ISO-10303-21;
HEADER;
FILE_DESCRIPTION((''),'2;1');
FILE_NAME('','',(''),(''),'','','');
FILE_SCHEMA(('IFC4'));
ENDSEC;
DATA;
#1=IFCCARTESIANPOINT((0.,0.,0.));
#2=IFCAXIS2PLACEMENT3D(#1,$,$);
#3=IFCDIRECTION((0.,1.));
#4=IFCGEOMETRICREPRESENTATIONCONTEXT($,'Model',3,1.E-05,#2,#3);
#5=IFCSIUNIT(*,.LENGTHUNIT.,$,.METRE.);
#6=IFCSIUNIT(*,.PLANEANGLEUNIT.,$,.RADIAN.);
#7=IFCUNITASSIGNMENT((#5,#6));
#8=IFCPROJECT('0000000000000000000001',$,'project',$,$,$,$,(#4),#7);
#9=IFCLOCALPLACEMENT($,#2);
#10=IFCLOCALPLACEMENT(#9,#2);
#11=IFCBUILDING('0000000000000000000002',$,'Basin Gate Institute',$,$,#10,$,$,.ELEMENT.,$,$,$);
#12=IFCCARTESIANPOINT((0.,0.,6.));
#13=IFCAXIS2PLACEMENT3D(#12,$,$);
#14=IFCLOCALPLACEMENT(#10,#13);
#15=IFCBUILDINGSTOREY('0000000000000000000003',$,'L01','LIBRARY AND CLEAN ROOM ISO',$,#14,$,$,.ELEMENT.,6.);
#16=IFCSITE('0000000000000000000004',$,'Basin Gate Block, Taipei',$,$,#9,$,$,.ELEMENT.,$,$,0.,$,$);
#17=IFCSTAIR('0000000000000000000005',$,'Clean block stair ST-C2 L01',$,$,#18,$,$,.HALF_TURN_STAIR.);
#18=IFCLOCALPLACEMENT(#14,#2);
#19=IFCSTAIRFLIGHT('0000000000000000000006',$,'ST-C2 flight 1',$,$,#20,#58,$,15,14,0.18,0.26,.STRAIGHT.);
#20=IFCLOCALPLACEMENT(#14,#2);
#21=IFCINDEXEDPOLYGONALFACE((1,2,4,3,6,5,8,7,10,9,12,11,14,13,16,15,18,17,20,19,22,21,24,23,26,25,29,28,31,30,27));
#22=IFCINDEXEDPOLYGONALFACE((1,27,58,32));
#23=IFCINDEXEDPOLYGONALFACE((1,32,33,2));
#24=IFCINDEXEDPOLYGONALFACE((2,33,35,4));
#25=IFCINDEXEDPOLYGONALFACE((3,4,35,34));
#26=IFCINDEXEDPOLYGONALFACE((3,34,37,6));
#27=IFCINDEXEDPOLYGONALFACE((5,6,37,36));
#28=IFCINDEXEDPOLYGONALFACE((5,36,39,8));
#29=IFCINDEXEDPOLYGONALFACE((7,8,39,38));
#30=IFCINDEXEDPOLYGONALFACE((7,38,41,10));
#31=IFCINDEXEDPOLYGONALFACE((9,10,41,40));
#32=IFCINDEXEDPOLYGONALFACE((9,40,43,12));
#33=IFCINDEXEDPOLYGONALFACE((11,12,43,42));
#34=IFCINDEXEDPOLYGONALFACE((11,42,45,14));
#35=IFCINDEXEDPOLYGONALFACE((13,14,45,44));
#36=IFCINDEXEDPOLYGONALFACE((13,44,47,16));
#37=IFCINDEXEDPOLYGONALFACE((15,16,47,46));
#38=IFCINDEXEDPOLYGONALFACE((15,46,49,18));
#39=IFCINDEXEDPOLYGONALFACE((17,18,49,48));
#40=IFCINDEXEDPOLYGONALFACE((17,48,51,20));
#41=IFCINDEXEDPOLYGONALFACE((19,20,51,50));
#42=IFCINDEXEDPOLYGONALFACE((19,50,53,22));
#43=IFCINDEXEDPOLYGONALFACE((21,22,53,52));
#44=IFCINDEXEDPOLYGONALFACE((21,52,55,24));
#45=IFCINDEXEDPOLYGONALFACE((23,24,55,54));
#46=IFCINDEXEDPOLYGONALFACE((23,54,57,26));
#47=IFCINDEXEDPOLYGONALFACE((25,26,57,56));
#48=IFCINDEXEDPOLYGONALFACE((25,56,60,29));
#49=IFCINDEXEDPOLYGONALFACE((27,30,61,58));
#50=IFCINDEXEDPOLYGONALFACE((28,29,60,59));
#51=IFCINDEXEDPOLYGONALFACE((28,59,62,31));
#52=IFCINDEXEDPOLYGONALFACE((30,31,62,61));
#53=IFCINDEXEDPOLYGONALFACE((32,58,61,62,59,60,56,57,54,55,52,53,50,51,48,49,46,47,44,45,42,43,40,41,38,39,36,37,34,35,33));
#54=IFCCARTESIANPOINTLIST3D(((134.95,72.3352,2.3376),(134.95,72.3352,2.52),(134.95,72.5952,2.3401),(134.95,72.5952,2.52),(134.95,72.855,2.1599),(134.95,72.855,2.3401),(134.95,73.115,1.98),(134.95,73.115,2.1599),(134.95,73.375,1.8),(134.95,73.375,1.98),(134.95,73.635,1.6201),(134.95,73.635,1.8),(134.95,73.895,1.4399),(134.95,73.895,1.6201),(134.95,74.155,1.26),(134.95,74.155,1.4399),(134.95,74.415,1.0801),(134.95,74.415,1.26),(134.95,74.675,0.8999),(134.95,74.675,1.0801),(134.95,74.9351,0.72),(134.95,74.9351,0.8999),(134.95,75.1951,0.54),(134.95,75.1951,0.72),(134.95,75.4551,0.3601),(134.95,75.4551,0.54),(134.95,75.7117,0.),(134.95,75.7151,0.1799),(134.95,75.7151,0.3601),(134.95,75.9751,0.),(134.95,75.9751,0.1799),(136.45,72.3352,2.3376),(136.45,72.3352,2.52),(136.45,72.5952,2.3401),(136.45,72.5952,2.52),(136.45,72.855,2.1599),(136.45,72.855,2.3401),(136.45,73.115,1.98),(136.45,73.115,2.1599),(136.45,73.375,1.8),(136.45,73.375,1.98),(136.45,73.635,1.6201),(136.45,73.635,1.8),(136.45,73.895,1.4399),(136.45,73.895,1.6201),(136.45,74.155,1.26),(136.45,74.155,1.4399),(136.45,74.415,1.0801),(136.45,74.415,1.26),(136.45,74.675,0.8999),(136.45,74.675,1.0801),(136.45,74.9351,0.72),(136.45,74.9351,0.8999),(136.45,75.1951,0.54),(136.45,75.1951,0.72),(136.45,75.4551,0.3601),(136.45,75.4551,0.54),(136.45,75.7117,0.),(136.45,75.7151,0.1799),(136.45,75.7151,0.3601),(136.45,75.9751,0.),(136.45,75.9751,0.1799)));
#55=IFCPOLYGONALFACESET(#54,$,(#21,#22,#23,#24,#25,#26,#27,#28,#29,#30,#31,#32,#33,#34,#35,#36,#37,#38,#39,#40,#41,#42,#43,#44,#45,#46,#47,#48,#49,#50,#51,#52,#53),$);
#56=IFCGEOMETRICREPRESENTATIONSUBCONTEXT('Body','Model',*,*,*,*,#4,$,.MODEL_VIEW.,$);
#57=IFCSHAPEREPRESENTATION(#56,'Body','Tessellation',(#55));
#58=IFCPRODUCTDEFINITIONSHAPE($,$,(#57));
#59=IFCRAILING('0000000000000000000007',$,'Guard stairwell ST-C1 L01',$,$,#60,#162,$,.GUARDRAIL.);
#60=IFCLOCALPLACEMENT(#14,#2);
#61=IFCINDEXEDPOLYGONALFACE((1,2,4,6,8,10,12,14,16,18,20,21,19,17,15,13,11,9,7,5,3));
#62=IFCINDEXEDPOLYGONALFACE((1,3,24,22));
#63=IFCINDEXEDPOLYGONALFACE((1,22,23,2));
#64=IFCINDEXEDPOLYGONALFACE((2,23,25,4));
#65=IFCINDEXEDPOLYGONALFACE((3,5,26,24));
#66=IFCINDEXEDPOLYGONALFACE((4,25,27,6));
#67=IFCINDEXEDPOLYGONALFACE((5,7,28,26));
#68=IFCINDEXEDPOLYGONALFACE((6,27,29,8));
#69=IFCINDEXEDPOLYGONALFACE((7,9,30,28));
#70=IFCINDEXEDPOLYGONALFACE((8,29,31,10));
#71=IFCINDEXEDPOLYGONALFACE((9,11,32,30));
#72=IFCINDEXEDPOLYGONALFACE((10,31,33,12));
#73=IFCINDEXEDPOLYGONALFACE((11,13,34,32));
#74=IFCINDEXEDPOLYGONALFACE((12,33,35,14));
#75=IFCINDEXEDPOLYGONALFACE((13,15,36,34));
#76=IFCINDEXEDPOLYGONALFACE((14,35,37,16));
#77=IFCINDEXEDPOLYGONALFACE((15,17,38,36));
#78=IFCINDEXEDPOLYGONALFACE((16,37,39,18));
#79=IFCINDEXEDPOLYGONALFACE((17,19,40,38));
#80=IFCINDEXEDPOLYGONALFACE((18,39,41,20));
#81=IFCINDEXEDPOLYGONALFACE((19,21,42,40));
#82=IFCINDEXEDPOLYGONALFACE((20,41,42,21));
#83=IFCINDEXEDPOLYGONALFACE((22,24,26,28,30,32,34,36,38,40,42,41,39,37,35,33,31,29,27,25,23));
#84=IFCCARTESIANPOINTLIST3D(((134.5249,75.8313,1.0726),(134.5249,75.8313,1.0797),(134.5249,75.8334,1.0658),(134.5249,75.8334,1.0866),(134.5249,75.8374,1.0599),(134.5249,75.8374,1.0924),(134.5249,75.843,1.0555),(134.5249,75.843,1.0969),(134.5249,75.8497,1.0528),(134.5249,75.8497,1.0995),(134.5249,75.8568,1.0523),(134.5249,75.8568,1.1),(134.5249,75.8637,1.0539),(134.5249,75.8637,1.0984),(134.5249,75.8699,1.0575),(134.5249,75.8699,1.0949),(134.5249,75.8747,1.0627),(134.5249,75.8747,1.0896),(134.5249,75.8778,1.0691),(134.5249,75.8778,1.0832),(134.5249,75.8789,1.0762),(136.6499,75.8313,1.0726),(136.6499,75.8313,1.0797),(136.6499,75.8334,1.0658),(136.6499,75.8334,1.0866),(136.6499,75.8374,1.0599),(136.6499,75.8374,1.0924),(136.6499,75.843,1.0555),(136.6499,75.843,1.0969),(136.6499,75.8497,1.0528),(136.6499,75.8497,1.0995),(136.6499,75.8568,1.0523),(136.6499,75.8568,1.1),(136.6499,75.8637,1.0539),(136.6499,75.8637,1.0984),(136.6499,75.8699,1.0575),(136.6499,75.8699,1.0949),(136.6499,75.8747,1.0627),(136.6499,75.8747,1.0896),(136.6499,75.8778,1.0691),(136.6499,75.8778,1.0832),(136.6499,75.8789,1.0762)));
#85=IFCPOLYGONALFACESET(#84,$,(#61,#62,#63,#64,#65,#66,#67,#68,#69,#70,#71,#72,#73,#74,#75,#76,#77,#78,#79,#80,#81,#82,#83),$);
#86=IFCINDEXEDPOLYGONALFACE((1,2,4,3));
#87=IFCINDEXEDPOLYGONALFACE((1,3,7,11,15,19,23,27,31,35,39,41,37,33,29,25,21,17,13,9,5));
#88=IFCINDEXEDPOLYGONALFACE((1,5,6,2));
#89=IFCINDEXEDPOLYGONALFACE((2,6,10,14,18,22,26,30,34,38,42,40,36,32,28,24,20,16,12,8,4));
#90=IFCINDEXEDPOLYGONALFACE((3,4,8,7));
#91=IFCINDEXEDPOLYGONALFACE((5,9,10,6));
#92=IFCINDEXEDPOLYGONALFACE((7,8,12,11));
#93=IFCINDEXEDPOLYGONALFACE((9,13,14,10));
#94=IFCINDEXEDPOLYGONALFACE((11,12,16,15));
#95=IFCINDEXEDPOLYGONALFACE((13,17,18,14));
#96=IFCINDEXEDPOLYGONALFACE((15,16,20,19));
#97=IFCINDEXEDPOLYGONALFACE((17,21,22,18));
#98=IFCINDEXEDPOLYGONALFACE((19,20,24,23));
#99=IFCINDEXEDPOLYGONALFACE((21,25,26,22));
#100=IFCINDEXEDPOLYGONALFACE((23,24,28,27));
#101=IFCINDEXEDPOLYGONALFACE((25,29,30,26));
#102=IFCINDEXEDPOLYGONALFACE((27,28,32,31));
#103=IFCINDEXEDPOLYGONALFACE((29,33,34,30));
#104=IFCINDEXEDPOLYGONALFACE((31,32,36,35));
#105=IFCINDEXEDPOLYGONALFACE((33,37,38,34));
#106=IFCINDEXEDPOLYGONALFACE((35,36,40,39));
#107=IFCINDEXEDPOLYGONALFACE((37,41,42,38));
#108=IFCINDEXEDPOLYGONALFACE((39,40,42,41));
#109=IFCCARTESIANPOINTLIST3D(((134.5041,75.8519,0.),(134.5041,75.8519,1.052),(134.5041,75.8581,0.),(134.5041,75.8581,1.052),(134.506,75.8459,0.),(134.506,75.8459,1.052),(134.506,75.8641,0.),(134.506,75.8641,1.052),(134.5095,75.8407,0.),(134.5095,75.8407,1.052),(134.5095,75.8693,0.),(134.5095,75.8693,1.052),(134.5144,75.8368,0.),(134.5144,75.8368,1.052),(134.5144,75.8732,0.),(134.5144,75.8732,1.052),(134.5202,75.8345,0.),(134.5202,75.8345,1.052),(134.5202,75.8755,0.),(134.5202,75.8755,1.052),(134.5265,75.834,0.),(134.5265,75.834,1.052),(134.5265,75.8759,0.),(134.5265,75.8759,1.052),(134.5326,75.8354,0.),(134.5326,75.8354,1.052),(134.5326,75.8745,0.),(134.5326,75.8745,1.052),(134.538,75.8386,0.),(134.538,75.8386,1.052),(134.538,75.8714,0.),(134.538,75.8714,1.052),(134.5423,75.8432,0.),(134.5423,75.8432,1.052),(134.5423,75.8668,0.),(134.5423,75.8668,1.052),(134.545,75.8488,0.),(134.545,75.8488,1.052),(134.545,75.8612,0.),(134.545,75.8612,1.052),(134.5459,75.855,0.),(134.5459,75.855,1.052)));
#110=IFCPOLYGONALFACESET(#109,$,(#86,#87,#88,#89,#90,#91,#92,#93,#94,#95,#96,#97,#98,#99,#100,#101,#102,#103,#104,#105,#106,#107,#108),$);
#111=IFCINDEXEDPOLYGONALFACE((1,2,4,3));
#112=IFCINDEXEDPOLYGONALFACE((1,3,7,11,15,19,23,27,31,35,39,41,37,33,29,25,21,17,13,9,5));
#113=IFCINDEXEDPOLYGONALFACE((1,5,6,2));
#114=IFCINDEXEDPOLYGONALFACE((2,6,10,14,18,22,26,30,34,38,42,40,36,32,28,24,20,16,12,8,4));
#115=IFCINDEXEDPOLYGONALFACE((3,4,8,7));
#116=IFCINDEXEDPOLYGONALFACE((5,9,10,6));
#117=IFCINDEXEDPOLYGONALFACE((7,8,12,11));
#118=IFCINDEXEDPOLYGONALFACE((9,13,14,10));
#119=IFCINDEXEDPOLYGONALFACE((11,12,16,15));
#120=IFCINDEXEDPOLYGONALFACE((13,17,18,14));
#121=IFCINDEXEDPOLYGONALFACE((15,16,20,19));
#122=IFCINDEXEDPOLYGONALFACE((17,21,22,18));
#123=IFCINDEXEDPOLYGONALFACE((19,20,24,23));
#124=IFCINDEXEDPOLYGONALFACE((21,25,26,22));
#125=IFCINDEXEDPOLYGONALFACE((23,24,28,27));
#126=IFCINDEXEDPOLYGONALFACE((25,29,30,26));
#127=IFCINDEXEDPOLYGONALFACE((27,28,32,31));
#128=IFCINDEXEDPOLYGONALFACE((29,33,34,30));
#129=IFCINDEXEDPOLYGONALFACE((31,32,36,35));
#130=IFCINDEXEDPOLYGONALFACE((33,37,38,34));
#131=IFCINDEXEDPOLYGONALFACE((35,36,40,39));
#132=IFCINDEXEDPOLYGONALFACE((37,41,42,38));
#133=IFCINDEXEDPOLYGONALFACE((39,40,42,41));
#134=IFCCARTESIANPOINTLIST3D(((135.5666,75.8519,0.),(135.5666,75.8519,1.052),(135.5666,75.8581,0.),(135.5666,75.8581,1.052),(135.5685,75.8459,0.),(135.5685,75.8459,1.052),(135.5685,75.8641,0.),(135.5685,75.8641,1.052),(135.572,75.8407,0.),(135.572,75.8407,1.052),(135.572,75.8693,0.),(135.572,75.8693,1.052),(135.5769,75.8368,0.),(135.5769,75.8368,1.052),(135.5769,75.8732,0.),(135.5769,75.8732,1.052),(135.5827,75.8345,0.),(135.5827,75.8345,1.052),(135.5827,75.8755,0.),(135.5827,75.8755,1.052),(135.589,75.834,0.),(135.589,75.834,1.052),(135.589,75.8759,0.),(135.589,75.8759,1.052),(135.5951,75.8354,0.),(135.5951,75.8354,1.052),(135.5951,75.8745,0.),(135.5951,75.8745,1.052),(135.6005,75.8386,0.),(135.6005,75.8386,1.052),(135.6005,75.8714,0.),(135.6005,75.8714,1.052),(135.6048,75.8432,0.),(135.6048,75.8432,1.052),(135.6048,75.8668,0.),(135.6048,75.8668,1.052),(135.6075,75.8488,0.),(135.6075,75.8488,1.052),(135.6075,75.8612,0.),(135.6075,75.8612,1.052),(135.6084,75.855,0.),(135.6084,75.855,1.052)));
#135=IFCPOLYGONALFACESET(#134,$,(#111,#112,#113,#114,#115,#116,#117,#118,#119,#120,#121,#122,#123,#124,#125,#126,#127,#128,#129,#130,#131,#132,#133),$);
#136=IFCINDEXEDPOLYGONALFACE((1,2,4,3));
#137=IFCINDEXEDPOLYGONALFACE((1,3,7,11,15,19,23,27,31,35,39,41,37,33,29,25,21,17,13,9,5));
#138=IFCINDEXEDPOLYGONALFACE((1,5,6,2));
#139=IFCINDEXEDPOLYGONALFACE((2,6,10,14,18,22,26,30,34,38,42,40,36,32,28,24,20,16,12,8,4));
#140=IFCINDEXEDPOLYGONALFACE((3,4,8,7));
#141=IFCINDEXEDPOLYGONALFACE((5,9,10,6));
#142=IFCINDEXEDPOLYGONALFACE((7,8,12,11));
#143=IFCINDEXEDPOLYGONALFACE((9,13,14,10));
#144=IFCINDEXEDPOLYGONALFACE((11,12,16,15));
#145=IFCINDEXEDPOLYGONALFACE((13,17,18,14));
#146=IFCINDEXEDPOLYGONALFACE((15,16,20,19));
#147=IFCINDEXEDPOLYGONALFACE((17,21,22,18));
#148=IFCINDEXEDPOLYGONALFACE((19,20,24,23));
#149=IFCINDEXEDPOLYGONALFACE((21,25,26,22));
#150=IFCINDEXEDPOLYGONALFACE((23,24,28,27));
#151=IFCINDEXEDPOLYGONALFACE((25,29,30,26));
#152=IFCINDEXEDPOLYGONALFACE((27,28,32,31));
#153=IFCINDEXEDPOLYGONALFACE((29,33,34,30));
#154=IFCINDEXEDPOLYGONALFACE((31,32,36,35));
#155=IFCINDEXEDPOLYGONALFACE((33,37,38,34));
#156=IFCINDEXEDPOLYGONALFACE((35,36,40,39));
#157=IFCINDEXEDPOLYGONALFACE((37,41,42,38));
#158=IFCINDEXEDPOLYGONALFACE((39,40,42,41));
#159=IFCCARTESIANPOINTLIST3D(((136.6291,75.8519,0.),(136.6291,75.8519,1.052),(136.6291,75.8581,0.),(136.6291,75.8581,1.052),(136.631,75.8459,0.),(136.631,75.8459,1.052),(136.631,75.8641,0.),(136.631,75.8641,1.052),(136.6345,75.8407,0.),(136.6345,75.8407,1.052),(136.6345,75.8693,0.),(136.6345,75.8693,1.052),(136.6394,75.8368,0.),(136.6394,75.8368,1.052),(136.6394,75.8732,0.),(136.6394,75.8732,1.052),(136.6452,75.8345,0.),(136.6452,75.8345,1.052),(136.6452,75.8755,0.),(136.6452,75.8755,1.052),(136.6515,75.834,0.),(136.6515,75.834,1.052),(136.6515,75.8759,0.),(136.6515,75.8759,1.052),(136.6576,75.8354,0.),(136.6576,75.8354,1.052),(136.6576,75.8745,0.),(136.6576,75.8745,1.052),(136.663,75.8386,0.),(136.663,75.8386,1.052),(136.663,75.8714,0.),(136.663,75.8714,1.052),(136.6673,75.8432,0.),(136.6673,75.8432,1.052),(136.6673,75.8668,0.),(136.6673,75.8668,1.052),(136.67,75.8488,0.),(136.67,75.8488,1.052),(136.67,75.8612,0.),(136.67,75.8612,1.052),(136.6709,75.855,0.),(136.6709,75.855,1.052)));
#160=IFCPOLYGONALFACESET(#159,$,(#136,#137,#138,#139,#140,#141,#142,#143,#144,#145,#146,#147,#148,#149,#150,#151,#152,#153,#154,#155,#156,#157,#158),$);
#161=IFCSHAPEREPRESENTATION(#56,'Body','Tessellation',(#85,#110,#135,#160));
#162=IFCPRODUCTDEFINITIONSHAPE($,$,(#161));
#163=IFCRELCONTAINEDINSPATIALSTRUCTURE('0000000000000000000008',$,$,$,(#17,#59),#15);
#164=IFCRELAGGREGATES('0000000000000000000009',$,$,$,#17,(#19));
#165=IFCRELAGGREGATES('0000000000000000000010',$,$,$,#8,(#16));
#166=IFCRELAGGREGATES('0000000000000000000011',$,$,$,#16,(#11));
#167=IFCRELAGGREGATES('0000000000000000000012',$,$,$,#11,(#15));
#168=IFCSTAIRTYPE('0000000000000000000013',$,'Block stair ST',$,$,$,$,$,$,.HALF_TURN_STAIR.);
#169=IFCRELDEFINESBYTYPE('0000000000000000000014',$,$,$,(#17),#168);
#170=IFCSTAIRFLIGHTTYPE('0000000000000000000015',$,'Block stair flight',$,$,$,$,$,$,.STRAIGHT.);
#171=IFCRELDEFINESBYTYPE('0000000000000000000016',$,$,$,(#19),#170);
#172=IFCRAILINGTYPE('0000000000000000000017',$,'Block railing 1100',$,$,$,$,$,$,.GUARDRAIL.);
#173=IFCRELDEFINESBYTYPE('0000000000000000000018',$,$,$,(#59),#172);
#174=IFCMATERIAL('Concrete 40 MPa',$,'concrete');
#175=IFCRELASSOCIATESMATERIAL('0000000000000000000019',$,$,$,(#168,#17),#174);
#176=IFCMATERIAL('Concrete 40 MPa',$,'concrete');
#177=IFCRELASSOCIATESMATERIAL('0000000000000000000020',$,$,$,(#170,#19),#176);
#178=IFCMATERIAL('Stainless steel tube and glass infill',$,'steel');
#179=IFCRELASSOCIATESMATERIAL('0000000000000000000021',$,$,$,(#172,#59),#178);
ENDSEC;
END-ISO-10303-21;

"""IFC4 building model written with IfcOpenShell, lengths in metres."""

from ifc_helpers import new_model, si_unit, direction, frame, origin, origin_2d, place, context, subcontext, project, spatial, polyline, circle, outline, extrude, material, type_object, element, aggregate, save


model = new_model("IFC4")

# Units and contexts
model_context = context("Model", 3, precision=1e-05, world=origin(), true_north=direction((0.0, 1.0)))
body_context = subcontext(model_context, "Body", "Model", "MODEL_VIEW")
ifc_project = project(units=[si_unit("LENGTHUNIT", "METRE"), si_unit("PLANEANGLEUNIT", "RADIAN")], contexts=[model_context])

# Site, building, storey
site_placement = place(None, origin())
site = spatial("IfcSite", under=ifc_project, at=site_placement, Name="Basin Gate Block, Taipei", CompositionType="ELEMENT", RefElevation=0.0)
building_placement = place(site_placement, origin())
building = spatial("IfcBuilding", under=site, at=building_placement, Name="Basin Gate Institute", CompositionType="ELEMENT")
storey_placement = place(building_placement, frame((0.0, 0.0, 6.0)))
storey = spatial("IfcBuildingStorey", under=building, at=storey_placement, Name="L01", Description="LIBRARY AND CLEAN ROOM ISO", CompositionType="ELEMENT", Elevation=6.0)

# Stair, stair flight
ifc_material_1 = material(Name="Concrete 40 MPa", Category="concrete")
stair_type = type_object("IfcStairType", Name="Block stair ST", PredefinedType="HALF_TURN_STAIR", material=ifc_material_1)
stair_placement = place(storey_placement, origin())
stair = element("IfcStair", 1, at=stair_placement, inside=storey, type_object=stair_type, material=ifc_material_1, Name="Clean block stair ST-C2 L01", PredefinedType="HALF_TURN_STAIR")
ifc_material_2 = material(Name="Concrete 40 MPa", Category="concrete")
stair_flight_type = type_object("IfcStairFlightType", Name="Block stair flight", PredefinedType="STRAIGHT", material=ifc_material_2)
stair_flight_placement = place(storey_placement, frame((135.7, 75.9751, 0.0), z_axis=(0.0, 0.0, 1.0), x_axis=(0.0, -1.0, 0.0)))
stair_flight = element("IfcStairFlight", 2, at=stair_flight_placement, type_object=stair_flight_type, material=ifc_material_2, Name="ST-C2 flight 1", NumberOfRisers=15, NumberOfTreads=14, PredefinedType="STRAIGHT", RiserHeight=0.18, TreadLength=0.26, context=body_context, shape_type="SweptSolid", body=[
    extrude(outline(polyline([(0.0, 0.0), (0.0, 0.1799), (0.26, 0.1799), (0.26, 0.3601), (0.52, 0.3601), (0.52, 0.54), (0.78, 0.54), (0.78, 0.72), (1.04, 0.72), (1.04, 0.8999), (1.3, 0.8999), (1.3, 1.0801), (1.5601, 1.0801), (1.5601, 1.26), (1.8201, 1.26), (1.8201, 1.4399), (2.0801, 1.4399), (2.0801, 1.6201), (2.3401, 1.6201), (2.3401, 1.8), (2.6001, 1.8), (2.6001, 1.98), (2.8601, 1.98), (2.8601, 2.1599), (3.1201, 2.1599), (3.1201, 2.3401), (3.3799, 2.3401), (3.3799, 2.52), (3.6399, 2.52), (3.6399, 2.7), (3.6399, 2.3376), (0.2634, 0.0), (0.0, 0.0)])), frame((0.0, 0.75, 0.0), z_axis=(0.0, -1.0, 0.0), x_axis=(1.0, 0.0, 0.0)), (0.0, 0.0, 1.0), 1.5),
])
aggregate(stair, [stair_flight])

# Railing
ifc_material_3 = material(Name="Stainless steel tube and glass infill", Category="steel")
railing_type_1 = type_object("IfcRailingType", Name="Block railing 1100", PredefinedType="GUARDRAIL", material=ifc_material_3)
railing_1_placement = place(storey_placement, frame((134.5249, 75.855, 0.0)))
element("IfcRailing", 3, at=railing_1_placement, inside=storey, type_object=railing_type_1, material=ifc_material_3, Name="Guard stairwell ST-C1 L01", PredefinedType="GUARDRAIL", context=body_context, shape_type="SweptSolid", body=[
    extrude(circle(Radius=0.0239, at=origin_2d()), frame((0.0, 0.0, 1.0762), z_axis=(1.0, 0.0, 0.0), x_axis=(0.0, 1.0, 0.0)), (0.0, 0.0, 1.0), 2.125),
    extrude(circle(Radius=0.021, at=origin_2d()), origin(), (0.0, 0.0, 1.0), 1.052),
    extrude(circle(Radius=0.021, at=origin_2d()), frame((1.0625, 0.0, 0.0)), (0.0, 0.0, 1.0), 1.052),
    extrude(circle(Radius=0.021, at=origin_2d()), frame((2.125, 0.0, 0.0)), (0.0, 0.0, 1.0), 1.052),
])

save(model, "model.ifc")
